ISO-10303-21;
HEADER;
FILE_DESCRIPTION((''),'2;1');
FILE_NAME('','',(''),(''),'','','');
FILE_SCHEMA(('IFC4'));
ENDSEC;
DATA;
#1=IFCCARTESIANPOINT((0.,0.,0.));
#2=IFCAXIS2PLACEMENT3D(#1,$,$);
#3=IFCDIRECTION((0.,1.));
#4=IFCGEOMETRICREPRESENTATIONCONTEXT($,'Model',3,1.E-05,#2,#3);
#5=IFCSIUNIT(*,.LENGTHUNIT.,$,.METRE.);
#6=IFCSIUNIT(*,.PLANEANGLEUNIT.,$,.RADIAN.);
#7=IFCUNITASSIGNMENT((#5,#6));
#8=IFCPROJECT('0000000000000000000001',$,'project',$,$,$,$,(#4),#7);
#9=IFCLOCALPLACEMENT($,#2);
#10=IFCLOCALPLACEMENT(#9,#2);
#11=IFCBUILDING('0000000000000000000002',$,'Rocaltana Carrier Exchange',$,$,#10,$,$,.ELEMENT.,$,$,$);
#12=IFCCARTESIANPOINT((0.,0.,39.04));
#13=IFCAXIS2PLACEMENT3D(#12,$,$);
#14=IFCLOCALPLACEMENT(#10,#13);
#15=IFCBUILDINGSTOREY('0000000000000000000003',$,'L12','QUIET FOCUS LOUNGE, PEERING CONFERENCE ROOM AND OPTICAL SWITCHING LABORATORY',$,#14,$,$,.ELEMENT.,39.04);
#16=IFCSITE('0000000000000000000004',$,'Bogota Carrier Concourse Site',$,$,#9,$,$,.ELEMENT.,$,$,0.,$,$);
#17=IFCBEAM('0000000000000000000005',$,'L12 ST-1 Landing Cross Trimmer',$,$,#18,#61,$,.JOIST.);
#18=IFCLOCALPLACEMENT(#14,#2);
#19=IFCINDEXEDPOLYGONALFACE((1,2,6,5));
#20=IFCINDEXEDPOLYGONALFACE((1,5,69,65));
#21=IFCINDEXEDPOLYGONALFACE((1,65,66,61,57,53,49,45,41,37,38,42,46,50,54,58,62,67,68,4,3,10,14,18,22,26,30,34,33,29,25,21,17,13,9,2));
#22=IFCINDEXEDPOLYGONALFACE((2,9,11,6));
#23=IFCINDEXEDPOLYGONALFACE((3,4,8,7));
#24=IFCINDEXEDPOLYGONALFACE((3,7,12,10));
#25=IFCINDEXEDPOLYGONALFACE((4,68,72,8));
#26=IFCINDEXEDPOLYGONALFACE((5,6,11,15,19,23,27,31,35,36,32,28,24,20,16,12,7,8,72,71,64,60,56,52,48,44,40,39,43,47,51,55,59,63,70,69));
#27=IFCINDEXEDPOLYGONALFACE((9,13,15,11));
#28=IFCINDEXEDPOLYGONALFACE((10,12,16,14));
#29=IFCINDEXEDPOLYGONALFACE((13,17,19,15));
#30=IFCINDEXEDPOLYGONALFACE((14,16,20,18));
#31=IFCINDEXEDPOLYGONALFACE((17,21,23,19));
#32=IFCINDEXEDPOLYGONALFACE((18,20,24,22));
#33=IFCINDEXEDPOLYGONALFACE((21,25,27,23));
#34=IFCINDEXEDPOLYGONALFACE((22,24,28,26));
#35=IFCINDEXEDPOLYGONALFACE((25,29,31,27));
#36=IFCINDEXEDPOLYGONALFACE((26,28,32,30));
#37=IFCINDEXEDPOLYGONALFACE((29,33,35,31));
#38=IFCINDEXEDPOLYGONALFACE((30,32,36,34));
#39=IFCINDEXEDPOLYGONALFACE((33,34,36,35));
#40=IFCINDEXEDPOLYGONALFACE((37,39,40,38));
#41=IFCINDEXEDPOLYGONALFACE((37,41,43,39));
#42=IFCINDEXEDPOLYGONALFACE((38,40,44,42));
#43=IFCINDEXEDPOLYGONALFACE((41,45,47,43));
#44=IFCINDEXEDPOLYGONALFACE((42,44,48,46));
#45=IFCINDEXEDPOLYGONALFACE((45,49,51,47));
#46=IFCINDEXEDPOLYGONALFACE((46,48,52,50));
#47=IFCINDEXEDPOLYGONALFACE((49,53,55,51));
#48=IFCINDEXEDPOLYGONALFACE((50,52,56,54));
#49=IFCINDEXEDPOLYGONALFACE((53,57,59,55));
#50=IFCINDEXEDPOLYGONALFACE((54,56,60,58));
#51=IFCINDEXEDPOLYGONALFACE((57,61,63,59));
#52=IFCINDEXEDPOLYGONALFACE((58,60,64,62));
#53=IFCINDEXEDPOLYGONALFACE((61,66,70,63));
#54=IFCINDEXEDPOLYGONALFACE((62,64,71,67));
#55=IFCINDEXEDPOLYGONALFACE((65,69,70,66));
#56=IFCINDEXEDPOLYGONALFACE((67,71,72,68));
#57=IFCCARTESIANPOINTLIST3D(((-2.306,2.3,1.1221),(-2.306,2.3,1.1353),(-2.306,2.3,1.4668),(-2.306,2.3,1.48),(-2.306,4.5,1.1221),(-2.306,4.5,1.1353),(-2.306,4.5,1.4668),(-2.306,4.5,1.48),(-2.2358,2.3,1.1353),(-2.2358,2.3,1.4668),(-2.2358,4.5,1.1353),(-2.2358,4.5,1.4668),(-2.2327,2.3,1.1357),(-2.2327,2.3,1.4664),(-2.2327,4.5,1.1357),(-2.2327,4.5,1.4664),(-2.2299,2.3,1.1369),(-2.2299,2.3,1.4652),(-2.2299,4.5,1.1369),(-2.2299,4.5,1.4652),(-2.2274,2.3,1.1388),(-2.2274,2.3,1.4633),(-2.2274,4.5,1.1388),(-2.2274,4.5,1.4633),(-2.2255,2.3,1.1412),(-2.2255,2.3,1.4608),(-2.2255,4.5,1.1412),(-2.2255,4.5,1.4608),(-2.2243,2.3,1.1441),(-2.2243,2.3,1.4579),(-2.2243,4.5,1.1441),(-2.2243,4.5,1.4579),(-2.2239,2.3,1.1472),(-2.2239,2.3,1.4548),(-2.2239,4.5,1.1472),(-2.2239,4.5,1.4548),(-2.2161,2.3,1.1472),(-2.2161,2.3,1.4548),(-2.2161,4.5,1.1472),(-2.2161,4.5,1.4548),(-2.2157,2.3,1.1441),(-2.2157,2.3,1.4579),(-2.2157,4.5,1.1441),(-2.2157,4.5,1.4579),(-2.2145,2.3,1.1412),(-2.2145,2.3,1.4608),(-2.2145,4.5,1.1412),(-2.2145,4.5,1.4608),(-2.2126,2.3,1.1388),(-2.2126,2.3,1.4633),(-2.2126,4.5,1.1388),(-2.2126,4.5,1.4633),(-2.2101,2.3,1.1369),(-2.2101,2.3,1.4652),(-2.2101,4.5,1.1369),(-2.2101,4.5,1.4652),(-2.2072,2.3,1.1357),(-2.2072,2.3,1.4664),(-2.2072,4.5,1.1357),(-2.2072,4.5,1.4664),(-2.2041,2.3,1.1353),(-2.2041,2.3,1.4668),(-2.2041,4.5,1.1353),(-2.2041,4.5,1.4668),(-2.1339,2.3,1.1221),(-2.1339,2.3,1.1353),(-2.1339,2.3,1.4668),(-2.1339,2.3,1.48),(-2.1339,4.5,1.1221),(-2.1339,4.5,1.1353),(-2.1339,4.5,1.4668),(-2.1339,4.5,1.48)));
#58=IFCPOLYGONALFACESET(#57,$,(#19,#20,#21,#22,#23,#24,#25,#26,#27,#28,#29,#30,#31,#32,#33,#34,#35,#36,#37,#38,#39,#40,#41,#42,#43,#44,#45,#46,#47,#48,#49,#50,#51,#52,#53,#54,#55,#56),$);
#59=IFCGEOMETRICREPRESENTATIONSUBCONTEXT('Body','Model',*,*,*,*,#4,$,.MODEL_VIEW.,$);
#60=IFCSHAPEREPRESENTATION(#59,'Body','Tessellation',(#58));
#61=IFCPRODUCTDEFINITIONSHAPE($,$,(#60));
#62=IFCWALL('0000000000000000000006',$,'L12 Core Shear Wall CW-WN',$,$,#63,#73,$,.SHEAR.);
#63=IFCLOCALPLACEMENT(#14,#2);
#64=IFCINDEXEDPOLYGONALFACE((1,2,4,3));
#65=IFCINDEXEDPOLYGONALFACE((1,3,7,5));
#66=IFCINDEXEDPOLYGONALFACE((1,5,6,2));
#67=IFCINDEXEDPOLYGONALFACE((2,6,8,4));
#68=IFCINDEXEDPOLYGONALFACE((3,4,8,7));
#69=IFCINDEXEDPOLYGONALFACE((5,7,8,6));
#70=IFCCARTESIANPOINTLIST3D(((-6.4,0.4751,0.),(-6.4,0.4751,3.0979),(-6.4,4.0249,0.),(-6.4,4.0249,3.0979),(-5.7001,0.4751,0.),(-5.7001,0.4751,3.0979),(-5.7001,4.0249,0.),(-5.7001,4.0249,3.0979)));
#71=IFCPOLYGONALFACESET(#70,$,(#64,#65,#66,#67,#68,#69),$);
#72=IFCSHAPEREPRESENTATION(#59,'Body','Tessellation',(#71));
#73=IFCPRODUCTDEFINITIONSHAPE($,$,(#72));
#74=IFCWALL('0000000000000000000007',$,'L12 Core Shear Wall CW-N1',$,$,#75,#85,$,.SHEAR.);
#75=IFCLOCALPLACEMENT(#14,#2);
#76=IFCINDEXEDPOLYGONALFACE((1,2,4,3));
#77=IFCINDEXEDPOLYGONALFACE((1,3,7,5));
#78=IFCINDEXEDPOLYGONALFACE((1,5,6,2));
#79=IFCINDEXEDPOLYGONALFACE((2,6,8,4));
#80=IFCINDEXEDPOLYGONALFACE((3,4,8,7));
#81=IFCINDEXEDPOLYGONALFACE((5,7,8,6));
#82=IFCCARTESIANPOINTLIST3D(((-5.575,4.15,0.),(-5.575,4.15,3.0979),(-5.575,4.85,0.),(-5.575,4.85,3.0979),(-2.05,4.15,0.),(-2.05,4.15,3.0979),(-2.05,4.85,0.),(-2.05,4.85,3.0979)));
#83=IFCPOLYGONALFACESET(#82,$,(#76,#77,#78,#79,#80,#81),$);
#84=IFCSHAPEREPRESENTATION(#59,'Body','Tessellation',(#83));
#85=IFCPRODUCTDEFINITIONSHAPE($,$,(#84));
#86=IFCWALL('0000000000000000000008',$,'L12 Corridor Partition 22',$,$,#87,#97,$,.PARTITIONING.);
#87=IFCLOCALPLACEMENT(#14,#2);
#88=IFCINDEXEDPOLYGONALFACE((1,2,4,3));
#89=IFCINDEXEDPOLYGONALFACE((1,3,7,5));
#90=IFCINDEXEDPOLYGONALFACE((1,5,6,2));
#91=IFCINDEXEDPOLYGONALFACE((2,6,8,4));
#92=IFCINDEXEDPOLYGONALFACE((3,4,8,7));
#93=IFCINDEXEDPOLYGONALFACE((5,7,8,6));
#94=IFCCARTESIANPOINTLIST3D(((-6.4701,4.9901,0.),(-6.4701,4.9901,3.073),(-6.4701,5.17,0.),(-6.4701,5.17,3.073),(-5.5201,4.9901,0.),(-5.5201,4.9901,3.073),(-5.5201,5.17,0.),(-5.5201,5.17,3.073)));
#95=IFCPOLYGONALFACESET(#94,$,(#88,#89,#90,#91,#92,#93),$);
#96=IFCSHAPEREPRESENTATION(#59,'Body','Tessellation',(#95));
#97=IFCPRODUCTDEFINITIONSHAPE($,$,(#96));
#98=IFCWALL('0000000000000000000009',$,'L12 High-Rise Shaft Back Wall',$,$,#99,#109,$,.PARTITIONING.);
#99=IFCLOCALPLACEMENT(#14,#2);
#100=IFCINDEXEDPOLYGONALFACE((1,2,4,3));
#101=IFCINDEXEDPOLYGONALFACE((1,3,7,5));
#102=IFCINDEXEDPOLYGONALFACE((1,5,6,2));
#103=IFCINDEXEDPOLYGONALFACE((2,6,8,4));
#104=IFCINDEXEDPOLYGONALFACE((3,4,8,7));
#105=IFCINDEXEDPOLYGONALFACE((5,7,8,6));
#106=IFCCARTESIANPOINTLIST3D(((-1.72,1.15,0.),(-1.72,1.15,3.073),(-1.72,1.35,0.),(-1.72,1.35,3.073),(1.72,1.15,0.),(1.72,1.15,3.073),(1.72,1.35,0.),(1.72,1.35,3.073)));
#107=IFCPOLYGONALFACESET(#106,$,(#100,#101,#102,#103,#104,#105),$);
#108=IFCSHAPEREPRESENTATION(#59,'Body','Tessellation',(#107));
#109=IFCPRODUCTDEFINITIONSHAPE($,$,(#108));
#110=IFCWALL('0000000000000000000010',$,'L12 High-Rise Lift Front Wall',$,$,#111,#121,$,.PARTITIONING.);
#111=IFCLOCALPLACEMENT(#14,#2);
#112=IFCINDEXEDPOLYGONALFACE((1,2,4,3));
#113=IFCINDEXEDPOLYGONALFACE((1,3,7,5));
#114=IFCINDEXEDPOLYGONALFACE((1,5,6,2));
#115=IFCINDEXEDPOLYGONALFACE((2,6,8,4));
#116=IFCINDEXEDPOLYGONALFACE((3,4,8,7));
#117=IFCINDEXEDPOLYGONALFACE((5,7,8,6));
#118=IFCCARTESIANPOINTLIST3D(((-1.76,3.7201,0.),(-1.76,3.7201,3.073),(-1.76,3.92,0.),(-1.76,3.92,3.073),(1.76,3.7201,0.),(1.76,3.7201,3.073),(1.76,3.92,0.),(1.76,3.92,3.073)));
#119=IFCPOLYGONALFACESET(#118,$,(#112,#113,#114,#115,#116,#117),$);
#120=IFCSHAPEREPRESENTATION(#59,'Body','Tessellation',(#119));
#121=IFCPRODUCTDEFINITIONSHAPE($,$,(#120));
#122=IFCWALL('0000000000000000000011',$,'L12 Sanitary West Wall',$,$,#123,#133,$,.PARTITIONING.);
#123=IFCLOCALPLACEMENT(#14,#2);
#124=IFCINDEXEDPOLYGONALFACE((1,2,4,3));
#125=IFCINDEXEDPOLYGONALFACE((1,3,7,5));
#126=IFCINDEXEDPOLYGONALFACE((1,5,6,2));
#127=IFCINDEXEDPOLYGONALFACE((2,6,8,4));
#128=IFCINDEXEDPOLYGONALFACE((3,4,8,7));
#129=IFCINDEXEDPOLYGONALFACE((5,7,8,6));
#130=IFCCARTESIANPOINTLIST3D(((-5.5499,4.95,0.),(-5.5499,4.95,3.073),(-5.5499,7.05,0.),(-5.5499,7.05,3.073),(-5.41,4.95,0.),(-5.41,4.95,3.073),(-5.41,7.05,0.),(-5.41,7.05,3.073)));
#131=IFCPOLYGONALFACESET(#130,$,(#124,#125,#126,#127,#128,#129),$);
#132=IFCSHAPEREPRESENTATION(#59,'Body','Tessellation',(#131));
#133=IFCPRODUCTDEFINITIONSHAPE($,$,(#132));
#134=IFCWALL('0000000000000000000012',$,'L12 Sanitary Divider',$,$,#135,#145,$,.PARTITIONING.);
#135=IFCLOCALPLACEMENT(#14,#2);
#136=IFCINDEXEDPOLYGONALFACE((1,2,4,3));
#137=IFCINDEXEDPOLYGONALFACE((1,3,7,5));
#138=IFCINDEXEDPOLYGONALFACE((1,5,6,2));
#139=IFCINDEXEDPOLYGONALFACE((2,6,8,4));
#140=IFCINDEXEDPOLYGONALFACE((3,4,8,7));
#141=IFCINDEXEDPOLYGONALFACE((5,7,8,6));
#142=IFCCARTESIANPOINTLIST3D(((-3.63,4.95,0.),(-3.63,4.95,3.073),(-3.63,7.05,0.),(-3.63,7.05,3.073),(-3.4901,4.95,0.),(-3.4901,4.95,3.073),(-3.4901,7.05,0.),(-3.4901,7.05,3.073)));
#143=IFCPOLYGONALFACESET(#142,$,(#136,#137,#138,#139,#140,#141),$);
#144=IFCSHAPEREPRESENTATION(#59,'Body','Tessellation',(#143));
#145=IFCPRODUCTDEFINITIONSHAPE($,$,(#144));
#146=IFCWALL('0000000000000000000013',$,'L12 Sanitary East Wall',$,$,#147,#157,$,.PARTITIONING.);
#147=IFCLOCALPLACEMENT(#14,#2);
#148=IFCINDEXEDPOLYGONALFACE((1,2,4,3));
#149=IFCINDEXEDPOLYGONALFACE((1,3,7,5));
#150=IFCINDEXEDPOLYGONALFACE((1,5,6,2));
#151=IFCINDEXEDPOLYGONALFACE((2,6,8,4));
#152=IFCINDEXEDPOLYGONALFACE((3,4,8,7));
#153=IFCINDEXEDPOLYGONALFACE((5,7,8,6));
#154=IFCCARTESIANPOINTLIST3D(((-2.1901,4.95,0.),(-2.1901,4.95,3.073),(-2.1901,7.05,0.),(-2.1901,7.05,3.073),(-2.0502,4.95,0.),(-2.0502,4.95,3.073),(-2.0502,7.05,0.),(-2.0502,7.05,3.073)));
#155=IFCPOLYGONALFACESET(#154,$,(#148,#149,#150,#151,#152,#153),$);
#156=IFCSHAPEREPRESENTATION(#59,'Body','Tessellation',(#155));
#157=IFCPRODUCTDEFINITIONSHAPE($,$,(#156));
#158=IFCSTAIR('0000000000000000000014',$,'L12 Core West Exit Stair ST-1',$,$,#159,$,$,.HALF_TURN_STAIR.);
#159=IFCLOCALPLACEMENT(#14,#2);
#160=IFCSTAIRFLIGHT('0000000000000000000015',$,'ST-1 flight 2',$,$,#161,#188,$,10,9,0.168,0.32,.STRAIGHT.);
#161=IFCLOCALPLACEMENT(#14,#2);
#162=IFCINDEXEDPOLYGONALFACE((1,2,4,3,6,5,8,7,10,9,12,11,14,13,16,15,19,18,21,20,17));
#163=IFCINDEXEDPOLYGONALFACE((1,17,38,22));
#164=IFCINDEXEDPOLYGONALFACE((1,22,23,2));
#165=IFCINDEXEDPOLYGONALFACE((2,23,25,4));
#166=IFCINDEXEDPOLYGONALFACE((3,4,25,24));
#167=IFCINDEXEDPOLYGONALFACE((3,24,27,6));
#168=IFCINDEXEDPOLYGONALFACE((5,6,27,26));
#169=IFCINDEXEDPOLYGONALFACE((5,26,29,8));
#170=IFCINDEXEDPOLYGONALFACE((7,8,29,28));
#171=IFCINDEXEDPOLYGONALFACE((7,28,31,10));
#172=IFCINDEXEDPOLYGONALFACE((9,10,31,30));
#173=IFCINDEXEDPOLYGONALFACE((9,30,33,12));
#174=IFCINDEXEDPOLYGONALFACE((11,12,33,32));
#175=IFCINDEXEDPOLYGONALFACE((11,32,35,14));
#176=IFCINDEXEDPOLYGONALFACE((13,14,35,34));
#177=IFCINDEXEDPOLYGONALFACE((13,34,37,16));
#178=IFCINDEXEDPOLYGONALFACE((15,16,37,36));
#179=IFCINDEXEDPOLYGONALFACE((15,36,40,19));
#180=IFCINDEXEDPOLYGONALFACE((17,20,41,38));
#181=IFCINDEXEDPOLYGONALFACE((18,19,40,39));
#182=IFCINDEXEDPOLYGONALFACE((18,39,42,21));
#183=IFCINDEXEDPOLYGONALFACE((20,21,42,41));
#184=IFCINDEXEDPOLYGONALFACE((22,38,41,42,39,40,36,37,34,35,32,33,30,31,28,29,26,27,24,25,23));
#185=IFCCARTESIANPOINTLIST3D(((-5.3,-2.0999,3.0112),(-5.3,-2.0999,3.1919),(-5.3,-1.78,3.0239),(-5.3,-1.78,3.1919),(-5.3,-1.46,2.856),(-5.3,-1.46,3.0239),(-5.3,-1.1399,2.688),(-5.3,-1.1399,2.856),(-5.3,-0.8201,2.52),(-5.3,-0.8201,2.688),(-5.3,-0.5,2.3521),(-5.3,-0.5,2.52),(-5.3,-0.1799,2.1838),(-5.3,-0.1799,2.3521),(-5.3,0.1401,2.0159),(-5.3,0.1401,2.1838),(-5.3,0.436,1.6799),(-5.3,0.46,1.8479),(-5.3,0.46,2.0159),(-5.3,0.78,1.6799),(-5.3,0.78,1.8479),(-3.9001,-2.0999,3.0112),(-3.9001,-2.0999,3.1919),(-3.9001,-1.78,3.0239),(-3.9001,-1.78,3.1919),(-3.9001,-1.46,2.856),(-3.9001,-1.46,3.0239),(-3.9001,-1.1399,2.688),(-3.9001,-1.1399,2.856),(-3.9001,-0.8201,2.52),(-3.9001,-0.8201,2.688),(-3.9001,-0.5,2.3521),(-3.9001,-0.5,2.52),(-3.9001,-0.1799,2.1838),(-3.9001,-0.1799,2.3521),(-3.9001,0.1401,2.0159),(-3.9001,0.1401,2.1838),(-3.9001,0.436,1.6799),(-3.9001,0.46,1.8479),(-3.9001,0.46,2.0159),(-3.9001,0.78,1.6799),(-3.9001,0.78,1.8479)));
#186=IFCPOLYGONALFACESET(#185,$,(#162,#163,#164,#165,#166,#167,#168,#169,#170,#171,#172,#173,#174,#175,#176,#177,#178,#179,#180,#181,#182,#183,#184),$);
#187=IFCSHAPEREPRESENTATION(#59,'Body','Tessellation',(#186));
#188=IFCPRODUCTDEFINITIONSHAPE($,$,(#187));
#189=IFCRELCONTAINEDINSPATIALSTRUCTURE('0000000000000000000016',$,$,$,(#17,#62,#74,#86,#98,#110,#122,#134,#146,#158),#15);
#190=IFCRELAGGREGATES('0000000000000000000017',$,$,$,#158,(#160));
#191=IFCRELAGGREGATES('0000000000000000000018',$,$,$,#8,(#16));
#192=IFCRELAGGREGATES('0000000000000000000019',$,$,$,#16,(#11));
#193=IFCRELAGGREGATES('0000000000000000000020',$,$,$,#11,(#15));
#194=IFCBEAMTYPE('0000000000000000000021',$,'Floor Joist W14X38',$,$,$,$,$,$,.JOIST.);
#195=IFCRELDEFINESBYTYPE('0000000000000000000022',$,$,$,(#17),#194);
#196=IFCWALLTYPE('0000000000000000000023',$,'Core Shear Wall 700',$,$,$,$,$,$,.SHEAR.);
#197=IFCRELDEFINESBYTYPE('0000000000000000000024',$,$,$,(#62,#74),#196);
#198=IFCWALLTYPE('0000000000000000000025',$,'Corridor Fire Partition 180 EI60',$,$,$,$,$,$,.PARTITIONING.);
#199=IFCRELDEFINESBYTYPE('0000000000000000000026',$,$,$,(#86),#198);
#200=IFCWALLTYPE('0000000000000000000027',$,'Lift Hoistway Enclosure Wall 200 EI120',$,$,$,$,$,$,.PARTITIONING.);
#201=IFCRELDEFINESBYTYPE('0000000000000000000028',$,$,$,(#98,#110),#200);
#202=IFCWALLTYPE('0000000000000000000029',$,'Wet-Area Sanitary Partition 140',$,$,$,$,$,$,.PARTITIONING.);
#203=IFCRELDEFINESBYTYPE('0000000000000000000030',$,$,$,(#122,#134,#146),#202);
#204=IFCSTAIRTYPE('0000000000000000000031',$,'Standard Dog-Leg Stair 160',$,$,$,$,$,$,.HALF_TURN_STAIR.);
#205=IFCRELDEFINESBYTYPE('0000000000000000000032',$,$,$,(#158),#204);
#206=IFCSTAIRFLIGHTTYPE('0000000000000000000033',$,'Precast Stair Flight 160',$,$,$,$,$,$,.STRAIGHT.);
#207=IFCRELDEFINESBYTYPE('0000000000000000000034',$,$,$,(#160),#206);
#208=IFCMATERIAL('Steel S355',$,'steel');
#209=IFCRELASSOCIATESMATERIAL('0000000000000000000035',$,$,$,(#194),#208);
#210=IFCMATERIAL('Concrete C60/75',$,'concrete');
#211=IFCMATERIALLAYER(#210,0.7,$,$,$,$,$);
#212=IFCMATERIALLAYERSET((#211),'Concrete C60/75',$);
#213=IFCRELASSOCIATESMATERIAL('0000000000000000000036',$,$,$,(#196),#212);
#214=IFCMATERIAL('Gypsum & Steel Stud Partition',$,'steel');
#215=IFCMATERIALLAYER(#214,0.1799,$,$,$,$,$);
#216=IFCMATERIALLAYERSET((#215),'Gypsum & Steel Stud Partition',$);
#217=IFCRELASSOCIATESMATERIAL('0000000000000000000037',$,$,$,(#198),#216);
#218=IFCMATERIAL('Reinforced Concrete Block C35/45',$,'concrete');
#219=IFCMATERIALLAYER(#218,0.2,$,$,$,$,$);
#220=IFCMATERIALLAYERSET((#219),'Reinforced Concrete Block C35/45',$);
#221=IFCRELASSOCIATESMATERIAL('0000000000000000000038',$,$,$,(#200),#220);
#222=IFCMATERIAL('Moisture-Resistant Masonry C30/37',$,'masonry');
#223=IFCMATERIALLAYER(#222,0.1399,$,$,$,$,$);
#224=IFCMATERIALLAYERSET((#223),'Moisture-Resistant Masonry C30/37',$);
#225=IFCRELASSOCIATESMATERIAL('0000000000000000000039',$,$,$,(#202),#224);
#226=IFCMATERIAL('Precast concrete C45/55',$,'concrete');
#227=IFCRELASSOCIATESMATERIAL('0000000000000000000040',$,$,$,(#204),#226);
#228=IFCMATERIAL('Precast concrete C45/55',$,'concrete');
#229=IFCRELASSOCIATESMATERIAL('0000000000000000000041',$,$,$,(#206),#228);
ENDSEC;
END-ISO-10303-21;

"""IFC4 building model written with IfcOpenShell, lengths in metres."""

from ifc_helpers import new_model, si_unit, direction, frame, frame_2d, origin, origin_2d, place, context, subcontext, project, spatial, polyline, rectangle, i_section, outline, extrude, material, layer, layer_set, material_profile, profile_set, type_object, element, aggregate, save


model = new_model("IFC4")

# Units and contexts
model_context = context("Model", 3, precision=1e-05, world=origin(), true_north=direction((0.0, 1.0)))
body_context = subcontext(model_context, "Body", "Model", "MODEL_VIEW")
ifc_project = project(units=[si_unit("LENGTHUNIT", "METRE"), si_unit("PLANEANGLEUNIT", "RADIAN")], contexts=[model_context])

# Site, building, storey
site_placement = place(None, origin())
site = spatial("IfcSite", under=ifc_project, at=site_placement, Name="Bogota Carrier Concourse Site", CompositionType="ELEMENT", RefElevation=0.0)
building_placement = place(site_placement, origin())
building = spatial("IfcBuilding", under=site, at=building_placement, Name="Rocaltana Carrier Exchange", CompositionType="ELEMENT")
storey_placement = place(building_placement, frame((0.0, 0.0, 39.04)))
storey = spatial("IfcBuildingStorey", under=building, at=storey_placement, Name="L12", Description="QUIET FOCUS LOUNGE, PEERING CONFERENCE ROOM AND OPTICAL SWITCHING LABORATORY", CompositionType="ELEMENT", Elevation=39.04)

# Beam
ifc_material_1 = material(Name="Steel S355", Category="steel")
ifc_material_profile_1 = material_profile(ifc_material_1, i_section(OverallWidth=0.1721, OverallDepth=0.3579, WebThickness=0.0078, FlangeThickness=0.0132, FilletRadius=0.012, at=origin_2d()), Name="W14X38")
ifc_profile_set_1 = profile_set([ifc_material_profile_1], Name="Steel S355")
beam_type_1 = type_object("IfcBeamType", Name="Floor Joist W14X38", PredefinedType="JOIST", material=ifc_profile_set_1)
beam_1_placement = place(storey_placement, frame((-2.22, 2.3, 1.301), z_axis=(0.0, 1.0, 0.0), x_axis=(-1.0, 0.0, 0.0)))
element("IfcBeam", 1, at=beam_1_placement, inside=storey, type_object=beam_type_1, Name="L12 ST-1 Landing Cross Trimmer", PredefinedType="JOIST", context=body_context, shape_type="SweptSolid", body=[
    extrude(i_section(OverallWidth=0.1721, OverallDepth=0.3579, WebThickness=0.0078, FlangeThickness=0.0132, FilletRadius=0.012, at=origin_2d()), origin(), (0.0, 0.0, 1.0), 2.2),
])

# Walls
ifc_material_2 = material(Name="Concrete C60/75", Category="concrete")
ifc_layer_1 = layer(ifc_material_2, 0.7)
ifc_layer_set_1 = layer_set([ifc_layer_1], Name="Concrete C60/75")
wall_type_1 = type_object("IfcWallType", Name="Core Shear Wall 700", PredefinedType="SHEAR", material=ifc_layer_set_1)
wall_1_placement = place(storey_placement, frame((-6.05, 0.4751, 0.0), z_axis=(0.0, 0.0, 1.0), x_axis=(0.0, 1.0, 0.0)))
element("IfcWall", 2, at=wall_1_placement, inside=storey, type_object=wall_type_1, Name="L12 Core Shear Wall CW-WN", PredefinedType="SHEAR", context=body_context, shape_type="SweptSolid", body=[
    extrude(rectangle(XDim=3.5498, YDim=0.7, at=frame_2d((1.7749, 0.0))), origin(), (0.0, 0.0, 1.0), 3.0979),
])
wall_2_placement = place(storey_placement, frame((-5.575, 4.5, 0.0), z_axis=(0.0, 0.0, 1.0), x_axis=(1.0, 0.0, 0.0)))
element("IfcWall", 3, at=wall_2_placement, inside=storey, type_object=wall_type_1, Name="L12 Core Shear Wall CW-N1", PredefinedType="SHEAR", context=body_context, shape_type="SweptSolid", body=[
    extrude(rectangle(XDim=3.5249, YDim=0.7, at=frame_2d((1.7625, 0.0))), origin(), (0.0, 0.0, 1.0), 3.0979),
])
ifc_material_3 = material(Name="Gypsum & Steel Stud Partition", Category="steel")
ifc_layer_2 = layer(ifc_material_3, 0.1799)
ifc_layer_set_2 = layer_set([ifc_layer_2], Name="Gypsum & Steel Stud Partition")
wall_type_2 = type_object("IfcWallType", Name="Corridor Fire Partition 180 EI60", PredefinedType="PARTITIONING", material=ifc_layer_set_2)
wall_3_placement = place(storey_placement, frame((-5.52, 5.0801, 0.0), z_axis=(0.0, 0.0, 1.0), x_axis=(-1.0, 0.0, 0.0)))
element("IfcWall", 4, at=wall_3_placement, inside=storey, type_object=wall_type_2, Name="L12 Corridor Partition 22", PredefinedType="PARTITIONING", context=body_context, shape_type="SweptSolid", body=[
    extrude(rectangle(XDim=0.95, YDim=0.1799, at=frame_2d((0.4751, 0.0))), origin(), (0.0, 0.0, 1.0), 3.073),
])
ifc_material_4 = material(Name="Reinforced Concrete Block C35/45", Category="concrete")
ifc_layer_3 = layer(ifc_material_4, 0.2)
ifc_layer_set_3 = layer_set([ifc_layer_3], Name="Reinforced Concrete Block C35/45")
wall_type_3 = type_object("IfcWallType", Name="Lift Hoistway Enclosure Wall 200 EI120", PredefinedType="PARTITIONING", material=ifc_layer_set_3)
wall_4_placement = place(storey_placement, frame((-1.72, 1.25, 0.0), z_axis=(0.0, 0.0, 1.0), x_axis=(1.0, 0.0, 0.0)))
element("IfcWall", 5, at=wall_4_placement, inside=storey, type_object=wall_type_3, Name="L12 High-Rise Shaft Back Wall", PredefinedType="PARTITIONING", context=body_context, shape_type="SweptSolid", body=[
    extrude(rectangle(XDim=3.4399, YDim=0.2, at=frame_2d((1.72, 0.0))), origin(), (0.0, 0.0, 1.0), 3.073),
])
wall_5_placement = place(storey_placement, frame((-1.76, 3.8201, 0.0), z_axis=(0.0, 0.0, 1.0), x_axis=(1.0, 0.0, 0.0)))
element("IfcWall", 6, at=wall_5_placement, inside=storey, type_object=wall_type_3, Name="L12 High-Rise Lift Front Wall", PredefinedType="PARTITIONING", context=body_context, shape_type="SweptSolid", body=[
    extrude(rectangle(XDim=3.52, YDim=0.2, at=frame_2d((1.76, 0.0))), origin(), (0.0, 0.0, 1.0), 3.073),
])
ifc_material_5 = material(Name="Moisture-Resistant Masonry C30/37", Category="masonry")
ifc_layer_4 = layer(ifc_material_5, 0.1399)
ifc_layer_set_4 = layer_set([ifc_layer_4], Name="Moisture-Resistant Masonry C30/37")
wall_type_4 = type_object("IfcWallType", Name="Wet-Area Sanitary Partition 140", PredefinedType="PARTITIONING", material=ifc_layer_set_4)
for number, where, z_axis, x_axis, name in (
    (7, (-5.48, 4.95, 0.0), (0.0, 0.0, 1.0), (0.0, 1.0, 0.0), "L12 Sanitary West Wall"),
    (8, (-3.5601, 4.95, 0.0), (0.0, 0.0, 1.0), (0.0, 1.0, 0.0), "L12 Sanitary Divider"),
    (9, (-2.1201, 4.95, 0.0), (0.0, 0.0, 1.0), (0.0, 1.0, 0.0), "L12 Sanitary East Wall"),
):
    element("IfcWall", number, at=place(storey_placement, frame(where, z_axis=z_axis, x_axis=x_axis)), inside=storey, type_object=wall_type_4, Name=name, PredefinedType="PARTITIONING", context=body_context, shape_type="SweptSolid", body=[
        extrude(rectangle(XDim=2.1001, YDim=0.1399, at=frame_2d((1.05, 0.0))), origin(), (0.0, 0.0, 1.0), 3.073),
    ])

# Stair, stair flight
ifc_material_6 = material(Name="Precast concrete C45/55", Category="concrete")
stair_type = type_object("IfcStairType", Name="Standard Dog-Leg Stair 160", PredefinedType="HALF_TURN_STAIR", material=ifc_material_6)
stair_placement = place(storey_placement, origin())
stair = element("IfcStair", 10, at=stair_placement, inside=storey, type_object=stair_type, Name="L12 Core West Exit Stair ST-1", PredefinedType="HALF_TURN_STAIR")
ifc_material_7 = material(Name="Precast concrete C45/55", Category="concrete")
stair_flight_type = type_object("IfcStairFlightType", Name="Precast Stair Flight 160", PredefinedType="STRAIGHT", material=ifc_material_7)
stair_flight_placement = place(storey_placement, frame((-4.6001, 0.78, 1.6799), z_axis=(0.0, 0.0, 1.0), x_axis=(0.0, -1.0, 0.0)))
stair_flight = element("IfcStairFlight", 11, at=stair_flight_placement, type_object=stair_flight_type, Name="ST-1 flight 2", NumberOfRisers=10, NumberOfTreads=9, PredefinedType="STRAIGHT", RiserHeight=0.168, TreadLength=0.32, context=body_context, shape_type="SweptSolid", body=[
    extrude(outline(polyline([(0.0, 0.0), (0.0, 0.168), (0.3201, 0.168), (0.3201, 0.3359), (0.6399, 0.3359), (0.6399, 0.5039), (0.96, 0.5039), (0.96, 0.6721), (1.28, 0.6721), (1.28, 0.8401), (1.6001, 0.8401), (1.6001, 1.0081), (1.9199, 1.0081), (1.9199, 1.176), (2.24, 1.176), (2.24, 1.344), (2.5601, 1.344), (2.5601, 1.512), (2.8799, 1.512), (2.8799, 1.6799), (2.8799, 1.3313), (0.344, 0.0), (0.0, 0.0)])), frame((0.0, 0.7, 0.0), z_axis=(0.0, -1.0, 0.0), x_axis=(1.0, 0.0, 0.0)), (0.0, 0.0, 1.0), 1.3999),
])
aggregate(stair, [stair_flight])

save(model, "model.ifc")
